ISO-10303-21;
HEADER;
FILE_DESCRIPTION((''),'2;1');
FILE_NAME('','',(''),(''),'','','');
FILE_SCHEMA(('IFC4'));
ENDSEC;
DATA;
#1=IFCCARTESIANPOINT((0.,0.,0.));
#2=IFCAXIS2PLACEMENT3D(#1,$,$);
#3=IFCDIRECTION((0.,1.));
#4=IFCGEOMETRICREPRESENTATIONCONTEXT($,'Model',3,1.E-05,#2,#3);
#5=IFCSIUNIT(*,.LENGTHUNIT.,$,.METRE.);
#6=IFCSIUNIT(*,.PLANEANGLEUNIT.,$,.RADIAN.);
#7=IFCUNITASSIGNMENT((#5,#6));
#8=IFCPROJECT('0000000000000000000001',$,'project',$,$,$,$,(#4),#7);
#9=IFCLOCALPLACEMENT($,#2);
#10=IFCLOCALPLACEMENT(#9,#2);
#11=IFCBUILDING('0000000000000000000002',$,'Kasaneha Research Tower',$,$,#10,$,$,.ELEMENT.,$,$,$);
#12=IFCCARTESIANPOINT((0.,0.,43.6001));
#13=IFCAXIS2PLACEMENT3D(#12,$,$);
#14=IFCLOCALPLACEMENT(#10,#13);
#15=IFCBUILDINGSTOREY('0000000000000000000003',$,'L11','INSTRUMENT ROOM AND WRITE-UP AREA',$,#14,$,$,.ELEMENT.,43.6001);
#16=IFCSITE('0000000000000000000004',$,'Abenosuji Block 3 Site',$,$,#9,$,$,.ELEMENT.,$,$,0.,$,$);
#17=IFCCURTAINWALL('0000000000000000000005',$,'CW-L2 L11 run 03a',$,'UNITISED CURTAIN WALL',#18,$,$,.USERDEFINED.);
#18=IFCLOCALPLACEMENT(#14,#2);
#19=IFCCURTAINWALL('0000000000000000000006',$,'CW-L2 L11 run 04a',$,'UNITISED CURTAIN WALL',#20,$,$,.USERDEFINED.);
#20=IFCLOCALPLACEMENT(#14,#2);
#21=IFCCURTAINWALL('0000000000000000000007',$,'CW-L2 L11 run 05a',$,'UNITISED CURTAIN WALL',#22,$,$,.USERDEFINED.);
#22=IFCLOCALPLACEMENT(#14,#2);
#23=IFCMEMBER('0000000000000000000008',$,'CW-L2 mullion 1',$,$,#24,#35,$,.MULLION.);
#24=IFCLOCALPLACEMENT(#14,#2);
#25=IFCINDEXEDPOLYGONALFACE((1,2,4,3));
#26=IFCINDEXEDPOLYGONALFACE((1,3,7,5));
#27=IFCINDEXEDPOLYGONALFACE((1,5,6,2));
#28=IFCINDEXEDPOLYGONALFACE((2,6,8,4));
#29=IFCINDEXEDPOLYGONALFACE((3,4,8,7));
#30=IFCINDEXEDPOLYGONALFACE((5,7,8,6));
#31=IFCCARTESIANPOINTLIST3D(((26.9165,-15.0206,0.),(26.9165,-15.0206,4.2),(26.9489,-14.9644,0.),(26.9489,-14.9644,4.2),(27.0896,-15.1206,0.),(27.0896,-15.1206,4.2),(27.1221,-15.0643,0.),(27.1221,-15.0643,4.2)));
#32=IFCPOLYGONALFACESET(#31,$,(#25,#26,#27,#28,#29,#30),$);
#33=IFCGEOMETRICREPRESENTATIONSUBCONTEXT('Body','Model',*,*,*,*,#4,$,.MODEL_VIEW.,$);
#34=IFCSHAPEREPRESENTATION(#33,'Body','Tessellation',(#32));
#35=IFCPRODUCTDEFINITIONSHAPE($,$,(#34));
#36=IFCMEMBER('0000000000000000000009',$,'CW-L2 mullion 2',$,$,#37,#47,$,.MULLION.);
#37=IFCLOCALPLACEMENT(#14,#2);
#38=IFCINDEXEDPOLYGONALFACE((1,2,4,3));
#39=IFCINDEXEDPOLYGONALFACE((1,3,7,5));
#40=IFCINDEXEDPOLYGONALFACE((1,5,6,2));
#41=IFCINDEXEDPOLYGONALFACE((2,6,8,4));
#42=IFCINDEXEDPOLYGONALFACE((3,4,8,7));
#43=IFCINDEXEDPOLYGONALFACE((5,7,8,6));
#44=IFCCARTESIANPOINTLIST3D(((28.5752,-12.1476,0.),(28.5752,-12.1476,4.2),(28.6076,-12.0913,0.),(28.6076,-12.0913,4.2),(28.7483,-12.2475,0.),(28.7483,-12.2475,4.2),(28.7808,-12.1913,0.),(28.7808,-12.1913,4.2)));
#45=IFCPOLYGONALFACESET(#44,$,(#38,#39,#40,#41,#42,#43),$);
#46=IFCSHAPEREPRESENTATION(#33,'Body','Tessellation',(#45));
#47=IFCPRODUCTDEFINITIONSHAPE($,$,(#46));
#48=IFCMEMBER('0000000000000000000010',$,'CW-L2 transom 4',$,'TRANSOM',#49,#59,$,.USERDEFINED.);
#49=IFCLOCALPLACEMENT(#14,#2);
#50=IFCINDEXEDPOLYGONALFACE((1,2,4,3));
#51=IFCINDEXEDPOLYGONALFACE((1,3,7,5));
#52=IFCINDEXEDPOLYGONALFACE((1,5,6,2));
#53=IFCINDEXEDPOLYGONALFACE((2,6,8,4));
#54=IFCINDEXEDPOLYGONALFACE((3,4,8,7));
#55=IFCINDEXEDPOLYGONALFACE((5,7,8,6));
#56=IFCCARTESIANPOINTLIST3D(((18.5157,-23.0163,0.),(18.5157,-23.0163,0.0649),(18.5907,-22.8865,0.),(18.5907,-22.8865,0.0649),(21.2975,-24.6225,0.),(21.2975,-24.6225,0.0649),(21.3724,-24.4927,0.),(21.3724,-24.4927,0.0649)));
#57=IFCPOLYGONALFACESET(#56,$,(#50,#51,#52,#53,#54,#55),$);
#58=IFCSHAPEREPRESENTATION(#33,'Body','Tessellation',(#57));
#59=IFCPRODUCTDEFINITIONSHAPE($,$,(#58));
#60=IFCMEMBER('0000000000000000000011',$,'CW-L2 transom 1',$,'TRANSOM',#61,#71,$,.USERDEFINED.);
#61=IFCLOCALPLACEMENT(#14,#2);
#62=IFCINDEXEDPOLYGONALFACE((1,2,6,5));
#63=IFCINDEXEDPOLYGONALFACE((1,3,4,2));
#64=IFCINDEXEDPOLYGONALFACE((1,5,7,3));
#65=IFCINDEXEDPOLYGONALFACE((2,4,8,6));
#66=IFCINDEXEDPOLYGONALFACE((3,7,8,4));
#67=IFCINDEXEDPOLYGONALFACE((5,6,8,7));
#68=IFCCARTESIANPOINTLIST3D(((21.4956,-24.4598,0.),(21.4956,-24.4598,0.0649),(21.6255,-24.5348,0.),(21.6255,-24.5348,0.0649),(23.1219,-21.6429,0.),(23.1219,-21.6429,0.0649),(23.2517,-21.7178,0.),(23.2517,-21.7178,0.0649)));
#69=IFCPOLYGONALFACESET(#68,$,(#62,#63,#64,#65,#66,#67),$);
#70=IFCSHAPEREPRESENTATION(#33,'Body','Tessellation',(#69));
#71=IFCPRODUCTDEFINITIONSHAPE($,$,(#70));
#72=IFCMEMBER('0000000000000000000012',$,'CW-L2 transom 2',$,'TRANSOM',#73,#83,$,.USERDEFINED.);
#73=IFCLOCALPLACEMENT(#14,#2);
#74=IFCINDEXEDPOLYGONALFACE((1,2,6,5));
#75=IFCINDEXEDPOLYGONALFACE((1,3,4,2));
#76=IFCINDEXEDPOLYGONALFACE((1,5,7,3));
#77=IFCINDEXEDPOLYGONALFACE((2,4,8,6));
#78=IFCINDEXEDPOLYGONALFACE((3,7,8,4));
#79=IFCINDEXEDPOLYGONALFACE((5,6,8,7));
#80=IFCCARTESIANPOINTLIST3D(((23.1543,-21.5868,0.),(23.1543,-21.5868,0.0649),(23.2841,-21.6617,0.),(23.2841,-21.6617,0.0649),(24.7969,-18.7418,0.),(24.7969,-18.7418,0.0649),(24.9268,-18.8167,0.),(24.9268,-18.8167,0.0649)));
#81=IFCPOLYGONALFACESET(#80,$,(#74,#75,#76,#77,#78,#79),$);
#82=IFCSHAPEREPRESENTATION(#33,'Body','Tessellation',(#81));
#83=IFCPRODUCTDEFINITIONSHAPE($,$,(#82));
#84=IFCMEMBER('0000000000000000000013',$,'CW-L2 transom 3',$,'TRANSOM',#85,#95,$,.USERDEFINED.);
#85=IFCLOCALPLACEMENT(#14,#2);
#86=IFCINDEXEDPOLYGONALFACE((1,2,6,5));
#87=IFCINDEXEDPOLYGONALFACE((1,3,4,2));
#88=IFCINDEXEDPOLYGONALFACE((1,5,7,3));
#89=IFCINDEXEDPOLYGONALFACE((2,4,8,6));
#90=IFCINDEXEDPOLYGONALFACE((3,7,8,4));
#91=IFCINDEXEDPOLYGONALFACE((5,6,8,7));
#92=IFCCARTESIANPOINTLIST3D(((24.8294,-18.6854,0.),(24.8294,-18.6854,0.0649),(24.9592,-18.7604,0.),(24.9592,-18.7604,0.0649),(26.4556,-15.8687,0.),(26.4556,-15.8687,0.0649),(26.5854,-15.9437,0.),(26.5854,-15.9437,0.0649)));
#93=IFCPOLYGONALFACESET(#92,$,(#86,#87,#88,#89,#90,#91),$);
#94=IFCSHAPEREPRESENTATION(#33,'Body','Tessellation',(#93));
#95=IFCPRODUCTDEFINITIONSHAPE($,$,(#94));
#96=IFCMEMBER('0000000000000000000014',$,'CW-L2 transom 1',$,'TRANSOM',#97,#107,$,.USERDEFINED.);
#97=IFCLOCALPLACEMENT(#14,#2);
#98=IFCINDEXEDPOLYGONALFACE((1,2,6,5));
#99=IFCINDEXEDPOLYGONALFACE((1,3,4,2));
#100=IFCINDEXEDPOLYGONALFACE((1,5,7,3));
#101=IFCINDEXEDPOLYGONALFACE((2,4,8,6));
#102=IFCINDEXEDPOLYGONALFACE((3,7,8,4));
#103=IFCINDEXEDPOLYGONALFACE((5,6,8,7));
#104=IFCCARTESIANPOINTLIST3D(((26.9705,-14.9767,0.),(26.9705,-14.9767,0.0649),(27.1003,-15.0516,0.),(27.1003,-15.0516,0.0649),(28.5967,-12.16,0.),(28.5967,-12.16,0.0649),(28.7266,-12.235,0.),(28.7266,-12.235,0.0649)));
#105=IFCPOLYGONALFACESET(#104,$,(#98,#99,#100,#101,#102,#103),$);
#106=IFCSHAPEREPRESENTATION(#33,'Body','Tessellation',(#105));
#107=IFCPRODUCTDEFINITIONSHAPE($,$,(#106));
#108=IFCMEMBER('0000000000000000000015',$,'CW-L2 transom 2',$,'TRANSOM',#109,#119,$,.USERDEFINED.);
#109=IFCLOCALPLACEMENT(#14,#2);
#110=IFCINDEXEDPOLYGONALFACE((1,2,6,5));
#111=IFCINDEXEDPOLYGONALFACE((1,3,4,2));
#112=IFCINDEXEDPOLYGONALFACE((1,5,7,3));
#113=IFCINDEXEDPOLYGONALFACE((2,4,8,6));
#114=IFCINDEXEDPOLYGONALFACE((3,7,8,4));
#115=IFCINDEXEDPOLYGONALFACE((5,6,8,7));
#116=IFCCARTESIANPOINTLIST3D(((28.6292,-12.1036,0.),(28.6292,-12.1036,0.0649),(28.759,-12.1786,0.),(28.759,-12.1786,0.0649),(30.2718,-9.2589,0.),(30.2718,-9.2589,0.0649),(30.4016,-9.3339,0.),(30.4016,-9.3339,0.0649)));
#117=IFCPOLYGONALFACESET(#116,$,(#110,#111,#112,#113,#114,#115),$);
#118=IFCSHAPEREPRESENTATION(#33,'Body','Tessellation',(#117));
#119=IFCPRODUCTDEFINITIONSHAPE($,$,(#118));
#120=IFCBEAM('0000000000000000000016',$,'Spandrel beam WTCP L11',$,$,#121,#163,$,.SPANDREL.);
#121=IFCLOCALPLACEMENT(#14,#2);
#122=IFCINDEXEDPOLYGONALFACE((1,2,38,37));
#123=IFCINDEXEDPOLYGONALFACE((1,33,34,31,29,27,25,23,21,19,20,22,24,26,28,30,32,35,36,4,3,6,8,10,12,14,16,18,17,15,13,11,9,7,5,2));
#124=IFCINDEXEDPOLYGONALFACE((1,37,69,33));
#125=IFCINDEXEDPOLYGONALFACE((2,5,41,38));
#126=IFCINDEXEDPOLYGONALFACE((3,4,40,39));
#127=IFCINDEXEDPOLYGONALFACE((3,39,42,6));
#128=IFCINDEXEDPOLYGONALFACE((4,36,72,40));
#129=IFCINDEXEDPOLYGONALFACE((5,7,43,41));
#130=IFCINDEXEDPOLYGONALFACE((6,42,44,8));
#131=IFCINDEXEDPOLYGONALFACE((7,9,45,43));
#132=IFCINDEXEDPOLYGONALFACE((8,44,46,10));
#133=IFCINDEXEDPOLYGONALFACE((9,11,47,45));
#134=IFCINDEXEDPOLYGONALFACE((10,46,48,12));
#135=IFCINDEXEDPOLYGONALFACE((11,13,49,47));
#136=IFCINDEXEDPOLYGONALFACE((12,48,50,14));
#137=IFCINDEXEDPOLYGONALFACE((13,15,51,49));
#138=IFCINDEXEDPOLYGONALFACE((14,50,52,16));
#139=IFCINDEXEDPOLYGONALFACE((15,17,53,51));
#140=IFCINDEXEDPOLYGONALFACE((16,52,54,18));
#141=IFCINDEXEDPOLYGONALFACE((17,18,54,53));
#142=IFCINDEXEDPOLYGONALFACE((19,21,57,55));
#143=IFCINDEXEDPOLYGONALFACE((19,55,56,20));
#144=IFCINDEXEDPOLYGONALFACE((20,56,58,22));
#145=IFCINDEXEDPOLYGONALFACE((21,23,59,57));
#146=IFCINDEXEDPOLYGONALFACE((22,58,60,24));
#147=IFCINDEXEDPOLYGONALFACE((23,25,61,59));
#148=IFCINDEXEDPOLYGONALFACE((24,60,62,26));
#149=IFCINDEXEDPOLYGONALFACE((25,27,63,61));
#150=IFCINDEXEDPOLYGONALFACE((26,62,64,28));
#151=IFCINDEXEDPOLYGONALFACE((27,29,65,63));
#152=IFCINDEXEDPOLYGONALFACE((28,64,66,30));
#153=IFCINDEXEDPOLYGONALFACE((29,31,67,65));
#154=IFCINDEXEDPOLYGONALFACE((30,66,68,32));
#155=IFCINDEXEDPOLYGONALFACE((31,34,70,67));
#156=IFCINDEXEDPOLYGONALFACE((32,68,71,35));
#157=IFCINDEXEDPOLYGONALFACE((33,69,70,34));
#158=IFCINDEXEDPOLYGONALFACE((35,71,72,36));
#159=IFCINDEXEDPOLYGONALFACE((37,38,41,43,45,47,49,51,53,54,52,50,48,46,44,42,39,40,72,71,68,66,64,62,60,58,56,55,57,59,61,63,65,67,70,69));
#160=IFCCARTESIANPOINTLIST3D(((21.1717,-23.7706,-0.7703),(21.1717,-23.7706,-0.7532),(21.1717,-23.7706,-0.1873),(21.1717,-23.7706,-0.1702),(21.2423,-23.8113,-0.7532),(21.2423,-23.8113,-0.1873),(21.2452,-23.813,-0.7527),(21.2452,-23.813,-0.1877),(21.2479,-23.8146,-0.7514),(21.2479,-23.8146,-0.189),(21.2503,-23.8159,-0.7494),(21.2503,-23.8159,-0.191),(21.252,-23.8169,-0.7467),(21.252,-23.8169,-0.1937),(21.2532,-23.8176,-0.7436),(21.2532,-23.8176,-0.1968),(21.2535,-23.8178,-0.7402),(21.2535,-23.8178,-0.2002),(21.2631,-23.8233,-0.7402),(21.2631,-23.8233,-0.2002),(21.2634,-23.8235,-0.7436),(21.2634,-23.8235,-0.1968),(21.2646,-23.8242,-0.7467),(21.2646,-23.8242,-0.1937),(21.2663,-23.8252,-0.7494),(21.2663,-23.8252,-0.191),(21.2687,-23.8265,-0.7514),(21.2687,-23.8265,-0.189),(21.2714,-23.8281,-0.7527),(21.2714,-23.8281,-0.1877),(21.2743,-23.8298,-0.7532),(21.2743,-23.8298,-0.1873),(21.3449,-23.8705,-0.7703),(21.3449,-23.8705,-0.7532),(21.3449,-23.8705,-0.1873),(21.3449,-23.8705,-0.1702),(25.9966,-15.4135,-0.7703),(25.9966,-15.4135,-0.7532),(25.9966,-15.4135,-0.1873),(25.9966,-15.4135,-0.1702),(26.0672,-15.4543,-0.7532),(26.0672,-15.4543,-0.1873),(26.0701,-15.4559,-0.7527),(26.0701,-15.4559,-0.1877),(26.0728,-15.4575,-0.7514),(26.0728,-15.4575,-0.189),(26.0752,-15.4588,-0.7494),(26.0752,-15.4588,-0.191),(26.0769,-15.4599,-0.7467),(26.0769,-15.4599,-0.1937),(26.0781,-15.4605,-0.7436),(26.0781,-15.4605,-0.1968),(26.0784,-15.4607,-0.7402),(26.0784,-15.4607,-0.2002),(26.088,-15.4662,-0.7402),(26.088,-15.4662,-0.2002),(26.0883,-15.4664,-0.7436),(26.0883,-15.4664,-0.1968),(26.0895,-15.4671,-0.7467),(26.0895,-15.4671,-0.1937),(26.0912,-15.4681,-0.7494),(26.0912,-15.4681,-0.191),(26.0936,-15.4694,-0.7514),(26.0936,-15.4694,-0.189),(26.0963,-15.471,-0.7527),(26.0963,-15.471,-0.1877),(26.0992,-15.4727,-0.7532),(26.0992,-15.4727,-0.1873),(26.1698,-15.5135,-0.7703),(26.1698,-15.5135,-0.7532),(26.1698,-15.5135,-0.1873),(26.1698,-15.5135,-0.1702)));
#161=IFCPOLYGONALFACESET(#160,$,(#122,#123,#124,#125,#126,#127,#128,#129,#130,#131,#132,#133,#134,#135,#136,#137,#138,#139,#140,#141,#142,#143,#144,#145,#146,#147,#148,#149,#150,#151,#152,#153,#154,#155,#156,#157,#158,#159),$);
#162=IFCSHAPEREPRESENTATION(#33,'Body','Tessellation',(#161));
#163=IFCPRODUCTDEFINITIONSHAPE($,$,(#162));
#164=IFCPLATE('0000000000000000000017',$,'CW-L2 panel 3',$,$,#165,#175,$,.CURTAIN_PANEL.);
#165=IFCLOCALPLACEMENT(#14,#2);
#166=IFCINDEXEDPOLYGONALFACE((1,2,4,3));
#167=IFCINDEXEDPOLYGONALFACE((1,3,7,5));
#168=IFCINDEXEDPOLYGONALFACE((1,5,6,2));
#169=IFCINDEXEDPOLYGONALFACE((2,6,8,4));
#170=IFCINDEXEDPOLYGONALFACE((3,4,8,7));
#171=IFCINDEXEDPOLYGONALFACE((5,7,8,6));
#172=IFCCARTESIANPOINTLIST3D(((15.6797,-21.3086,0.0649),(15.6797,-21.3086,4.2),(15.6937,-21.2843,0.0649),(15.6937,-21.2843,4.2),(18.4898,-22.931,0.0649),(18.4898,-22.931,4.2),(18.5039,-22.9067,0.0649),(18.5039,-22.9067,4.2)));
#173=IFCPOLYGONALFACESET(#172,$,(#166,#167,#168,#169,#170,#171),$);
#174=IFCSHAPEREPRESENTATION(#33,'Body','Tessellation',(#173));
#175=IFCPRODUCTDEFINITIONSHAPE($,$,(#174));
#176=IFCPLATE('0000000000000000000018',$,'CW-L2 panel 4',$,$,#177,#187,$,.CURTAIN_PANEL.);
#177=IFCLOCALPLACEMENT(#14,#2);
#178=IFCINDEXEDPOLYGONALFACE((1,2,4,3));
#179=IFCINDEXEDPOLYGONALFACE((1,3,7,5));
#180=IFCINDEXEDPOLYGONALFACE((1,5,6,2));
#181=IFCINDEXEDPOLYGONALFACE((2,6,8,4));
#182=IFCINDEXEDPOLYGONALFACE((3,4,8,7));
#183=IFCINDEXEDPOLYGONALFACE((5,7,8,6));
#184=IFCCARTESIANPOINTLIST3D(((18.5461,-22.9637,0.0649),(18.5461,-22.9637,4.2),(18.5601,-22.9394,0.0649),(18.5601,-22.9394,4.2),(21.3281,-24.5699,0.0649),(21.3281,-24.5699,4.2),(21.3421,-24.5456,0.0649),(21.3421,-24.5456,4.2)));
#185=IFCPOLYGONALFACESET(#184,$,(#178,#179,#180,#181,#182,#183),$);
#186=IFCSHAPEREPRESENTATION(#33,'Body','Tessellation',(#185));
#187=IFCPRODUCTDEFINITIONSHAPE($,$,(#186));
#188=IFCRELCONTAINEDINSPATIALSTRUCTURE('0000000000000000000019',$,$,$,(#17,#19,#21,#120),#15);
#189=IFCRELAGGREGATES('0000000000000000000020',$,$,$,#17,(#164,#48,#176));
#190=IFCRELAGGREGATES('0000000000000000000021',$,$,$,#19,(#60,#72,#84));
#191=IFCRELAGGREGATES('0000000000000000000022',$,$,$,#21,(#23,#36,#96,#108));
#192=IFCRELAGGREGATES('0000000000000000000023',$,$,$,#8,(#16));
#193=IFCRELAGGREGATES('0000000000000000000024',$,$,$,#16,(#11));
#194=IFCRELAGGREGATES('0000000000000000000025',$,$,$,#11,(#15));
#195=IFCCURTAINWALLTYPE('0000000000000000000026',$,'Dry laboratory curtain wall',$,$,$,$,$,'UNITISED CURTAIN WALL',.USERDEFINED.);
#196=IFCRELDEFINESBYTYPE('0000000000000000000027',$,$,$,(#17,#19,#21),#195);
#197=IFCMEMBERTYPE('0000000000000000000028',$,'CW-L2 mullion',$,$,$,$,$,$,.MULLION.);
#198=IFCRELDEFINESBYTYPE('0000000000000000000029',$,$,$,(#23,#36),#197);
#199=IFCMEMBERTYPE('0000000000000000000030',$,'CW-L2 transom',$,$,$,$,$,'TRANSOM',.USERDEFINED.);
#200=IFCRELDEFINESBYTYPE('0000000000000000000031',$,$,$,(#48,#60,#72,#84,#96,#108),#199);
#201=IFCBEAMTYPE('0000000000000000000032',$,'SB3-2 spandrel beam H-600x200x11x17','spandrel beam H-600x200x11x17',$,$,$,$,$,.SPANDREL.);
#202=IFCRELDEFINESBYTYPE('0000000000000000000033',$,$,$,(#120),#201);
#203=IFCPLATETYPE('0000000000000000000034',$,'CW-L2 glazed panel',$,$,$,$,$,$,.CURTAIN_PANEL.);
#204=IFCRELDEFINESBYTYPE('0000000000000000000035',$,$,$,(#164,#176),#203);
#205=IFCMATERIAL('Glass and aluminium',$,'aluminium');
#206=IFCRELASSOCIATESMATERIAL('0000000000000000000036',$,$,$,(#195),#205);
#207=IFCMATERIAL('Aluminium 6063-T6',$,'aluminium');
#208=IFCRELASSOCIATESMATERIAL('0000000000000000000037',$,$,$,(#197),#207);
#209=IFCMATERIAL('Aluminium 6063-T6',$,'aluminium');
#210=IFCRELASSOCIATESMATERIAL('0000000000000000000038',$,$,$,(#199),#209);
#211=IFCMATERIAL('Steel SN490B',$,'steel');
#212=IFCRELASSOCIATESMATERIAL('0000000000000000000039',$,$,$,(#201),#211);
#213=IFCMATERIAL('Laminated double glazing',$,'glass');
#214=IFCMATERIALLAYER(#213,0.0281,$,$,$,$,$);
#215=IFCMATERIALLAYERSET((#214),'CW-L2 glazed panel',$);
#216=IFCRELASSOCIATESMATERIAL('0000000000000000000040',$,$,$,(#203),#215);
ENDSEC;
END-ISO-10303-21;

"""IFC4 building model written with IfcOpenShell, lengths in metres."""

from ifc_helpers import new_model, si_unit, direction, frame, origin, origin_2d, place, context, subcontext, project, spatial, rectangle, i_section, extrude, material, layer, layer_set, material_profile, profile_set, type_object, element, aggregate, save


model = new_model("IFC4")

# Units and contexts
model_context = context("Model", 3, precision=1e-05, world=origin(), true_north=direction((0.0, 1.0)))
body_context = subcontext(model_context, "Body", "Model", "MODEL_VIEW")
ifc_project = project(units=[si_unit("LENGTHUNIT", "METRE"), si_unit("PLANEANGLEUNIT", "RADIAN")], contexts=[model_context])

# Site, building, storey
site_placement = place(None, origin())
site = spatial("IfcSite", under=ifc_project, at=site_placement, Name="Abenosuji Block 3 Site", CompositionType="ELEMENT", RefElevation=0.0)
building_placement = place(site_placement, origin())
building = spatial("IfcBuilding", under=site, at=building_placement, Name="Kasaneha Research Tower", CompositionType="ELEMENT")
storey_placement = place(building_placement, frame((0.0, 0.0, 43.6001)))
storey = spatial("IfcBuildingStorey", under=building, at=storey_placement, Name="L11", Description="INSTRUMENT ROOM AND WRITE-UP AREA", CompositionType="ELEMENT", Elevation=43.6001)

# Curtain walls, members
ifc_material_1 = material(Name="Glass and aluminium", Category="aluminium")
curtain_wall_type = type_object("IfcCurtainWallType", Name="Dry laboratory curtain wall", ElementType="UNITISED CURTAIN WALL", PredefinedType="USERDEFINED", material=ifc_material_1)
curtain_wall_1_placement = place(storey_placement, origin())
curtain_wall_1 = element("IfcCurtainWall", 1, at=curtain_wall_1_placement, inside=storey, type_object=curtain_wall_type, Name="CW-L2 L11 run 03a", ObjectType="UNITISED CURTAIN WALL", PredefinedType="USERDEFINED")
ifc_material_2 = material(Name="Aluminium 6063-T6", Category="aluminium")
ifc_material_profile_1 = material_profile(ifc_material_2, rectangle(XDim=0.0649, YDim=0.2, at=origin_2d()), Name="CW-L2 mullion 65x200")
ifc_profile_set_1 = profile_set([ifc_material_profile_1], Name="Aluminium 6063-T6")
member_type_1 = type_object("IfcMemberType", Name="CW-L2 mullion", PredefinedType="MULLION", material=ifc_profile_set_1)
curtain_wall_2_placement = place(storey_placement, origin())
curtain_wall_2 = element("IfcCurtainWall", 2, at=curtain_wall_2_placement, inside=storey, type_object=curtain_wall_type, Name="CW-L2 L11 run 04a", ObjectType="UNITISED CURTAIN WALL", PredefinedType="USERDEFINED")
curtain_wall_3_placement = place(storey_placement, origin())
curtain_wall_3 = element("IfcCurtainWall", 3, at=curtain_wall_3_placement, inside=storey, type_object=curtain_wall_type, Name="CW-L2 L11 run 05a", ObjectType="UNITISED CURTAIN WALL", PredefinedType="USERDEFINED")
member_1_placement = place(storey_placement, frame((27.0193, -15.0425, 0.0), z_axis=(0.0, 0.0, 1.0), x_axis=(0.5, 0.866025, 0.0)))
member_1 = element("IfcMember", 4, at=member_1_placement, type_object=member_type_1, Name="CW-L2 mullion 1", PredefinedType="MULLION", context=body_context, shape_type="SweptSolid", body=[
    extrude(rectangle(XDim=0.0649, YDim=0.2, at=origin_2d()), origin(), (0.0, 0.0, 1.0), 4.2),
])
member_2_placement = place(storey_placement, frame((28.678, -12.1694, 0.0), z_axis=(0.0, 0.0, 1.0), x_axis=(0.5, 0.866025, 0.0)))
member_2 = element("IfcMember", 5, at=member_2_placement, type_object=member_type_1, Name="CW-L2 mullion 2", PredefinedType="MULLION", context=body_context, shape_type="SweptSolid", body=[
    extrude(rectangle(XDim=0.0649, YDim=0.2, at=origin_2d()), origin(), (0.0, 0.0, 1.0), 4.2),
])

# Members
ifc_material_3 = material(Name="Aluminium 6063-T6", Category="aluminium")
ifc_material_profile_2 = material_profile(ifc_material_3, rectangle(XDim=0.1499, YDim=0.0649, at=origin_2d()), Name="CW-L2 transom 150x65")
ifc_profile_set_2 = profile_set([ifc_material_profile_2], Name="Aluminium 6063-T6")
member_type_2 = type_object("IfcMemberType", Name="CW-L2 transom", ElementType="TRANSOM", PredefinedType="USERDEFINED", material=ifc_profile_set_2)
member_3_placement = place(storey_placement, frame((18.5532, -22.9514, 0.0325), z_axis=(0.866003, -0.500038, 0.0), x_axis=(0.500038, 0.866003, 0.0)))
member_3 = element("IfcMember", 6, at=member_3_placement, type_object=member_type_2, Name="CW-L2 transom 4", ObjectType="TRANSOM", PredefinedType="USERDEFINED", context=body_context, shape_type="SweptSolid", body=[
    extrude(rectangle(XDim=0.1499, YDim=0.0649, at=origin_2d()), origin(), (0.0, 0.0, 1.0), 3.2122),
])
member_4_placement = place(storey_placement, frame((21.5605, -24.4973, 0.0325), z_axis=(0.499974, 0.866041, 0.0), x_axis=(-0.866041, 0.499974, 0.0)))
member_4 = element("IfcMember", 7, at=member_4_placement, type_object=member_type_2, Name="CW-L2 transom 1", ObjectType="TRANSOM", PredefinedType="USERDEFINED", context=body_context, shape_type="SweptSolid", body=[
    extrude(rectangle(XDim=0.1499, YDim=0.0649, at=origin_2d()), origin(), (0.0, 0.0, 1.0), 3.2527),
])
member_5_placement = place(storey_placement, frame((23.2192, -21.6243, 0.0325), z_axis=(0.500008, 0.866021, 0.0), x_axis=(-0.866021, 0.500008, 0.0)))
member_5 = element("IfcMember", 8, at=member_5_placement, type_object=member_type_2, Name="CW-L2 transom 2", ObjectType="TRANSOM", PredefinedType="USERDEFINED", context=body_context, shape_type="SweptSolid", body=[
    extrude(rectangle(XDim=0.1499, YDim=0.0649, at=origin_2d()), origin(), (0.0, 0.0, 1.0), 3.2852),
])
member_6_placement = place(storey_placement, frame((24.8943, -18.7229, 0.0325), z_axis=(0.500006, 0.866022, 0.0), x_axis=(-0.866022, 0.500006, 0.0)))
member_6 = element("IfcMember", 9, at=member_6_placement, type_object=member_type_2, Name="CW-L2 transom 3", ObjectType="TRANSOM", PredefinedType="USERDEFINED", context=body_context, shape_type="SweptSolid", body=[
    extrude(rectangle(XDim=0.1499, YDim=0.0649, at=origin_2d()), origin(), (0.0, 0.0, 1.0), 3.2524),
])
member_7_placement = place(storey_placement, frame((27.0354, -15.0142, 0.0325), z_axis=(0.500006, 0.866022, 0.0), x_axis=(-0.866022, 0.500006, 0.0)))
member_7 = element("IfcMember", 10, at=member_7_placement, type_object=member_type_2, Name="CW-L2 transom 1", ObjectType="TRANSOM", PredefinedType="USERDEFINED", context=body_context, shape_type="SweptSolid", body=[
    extrude(rectangle(XDim=0.1499, YDim=0.0649, at=origin_2d()), origin(), (0.0, 0.0, 1.0), 3.2524),
])
member_8_placement = place(storey_placement, frame((28.6941, -12.1411, 0.0325), z_axis=(0.50004, 0.866002, 0.0), x_axis=(-0.866002, 0.50004, 0.0)))
member_8 = element("IfcMember", 11, at=member_8_placement, type_object=member_type_2, Name="CW-L2 transom 2", ObjectType="TRANSOM", PredefinedType="USERDEFINED", context=body_context, shape_type="SweptSolid", body=[
    extrude(rectangle(XDim=0.1499, YDim=0.0649, at=origin_2d()), origin(), (0.0, 0.0, 1.0), 3.2849),
])

# Beam
ifc_material_4 = material(Name="Steel SN490B", Category="steel")
ifc_material_profile_3 = material_profile(ifc_material_4, i_section(OverallWidth=0.2, OverallDepth=0.6001, WebThickness=0.011, FlangeThickness=0.0171, FilletRadius=0.0129, at=origin_2d()), Name="H-600x200x11x17")
ifc_profile_set_3 = profile_set([ifc_material_profile_3], Name="Steel SN490B")
beam_type_1 = type_object("IfcBeamType", Name="SB3-2 spandrel beam H-600x200x11x17", Description="spandrel beam H-600x200x11x17", PredefinedType="SPANDREL", material=ifc_profile_set_3)
beam_placement = place(storey_placement, frame((21.2583, -23.8206, -0.4702), z_axis=(0.499995, 0.866028, 0.0), x_axis=(-0.866028, 0.499995, 0.0)))
element("IfcBeam", 12, at=beam_placement, inside=storey, type_object=beam_type_1, Name="Spandrel beam WTCP L11", PredefinedType="SPANDREL", context=body_context, shape_type="SweptSolid", body=[
    extrude(i_section(OverallWidth=0.2, OverallDepth=0.6001, WebThickness=0.011, FlangeThickness=0.0171, FilletRadius=0.0129, at=origin_2d()), origin(), (0.0, 0.0, 1.0), 9.6499),
])

# Plates
ifc_material_5 = material(Name="Laminated double glazing", Category="glass")
ifc_layer_1 = layer(ifc_material_5, 0.0281)
ifc_layer_set_1 = layer_set([ifc_layer_1], Name="CW-L2 glazed panel")
plate_type = type_object("IfcPlateType", Name="CW-L2 glazed panel", PredefinedType="CURTAIN_PANEL", material=ifc_layer_set_1)
plate_1_placement = place(storey_placement, frame((17.0918, -22.1077, 0.0649), z_axis=(0.0, 0.0, 1.0), x_axis=(0.866025, -0.5, 0.0)))
plate_1 = element("IfcPlate", 13, at=plate_1_placement, type_object=plate_type, Name="CW-L2 panel 3", PredefinedType="CURTAIN_PANEL", context=body_context, shape_type="SweptSolid", body=[
    extrude(rectangle(XDim=3.2449, YDim=0.0281, at=origin_2d()), origin(), (0.0, 0.0, 1.0), 4.135),
])
plate_2_placement = place(storey_placement, frame((19.9441, -23.7546, 0.0649), z_axis=(0.0, 0.0, 1.0), x_axis=(0.866025, -0.5, 0.0)))
plate_2 = element("IfcPlate", 14, at=plate_2_placement, type_object=plate_type, Name="CW-L2 panel 4", PredefinedType="CURTAIN_PANEL", context=body_context, shape_type="SweptSolid", body=[
    extrude(rectangle(XDim=3.2124, YDim=0.0281, at=origin_2d()), origin(), (0.0, 0.0, 1.0), 4.135),
])
aggregate(curtain_wall_1, [plate_1, member_3, plate_2])
aggregate(curtain_wall_2, [member_4, member_5, member_6])
aggregate(curtain_wall_3, [member_1, member_2, member_7, member_8])

save(model, "model.ifc")
